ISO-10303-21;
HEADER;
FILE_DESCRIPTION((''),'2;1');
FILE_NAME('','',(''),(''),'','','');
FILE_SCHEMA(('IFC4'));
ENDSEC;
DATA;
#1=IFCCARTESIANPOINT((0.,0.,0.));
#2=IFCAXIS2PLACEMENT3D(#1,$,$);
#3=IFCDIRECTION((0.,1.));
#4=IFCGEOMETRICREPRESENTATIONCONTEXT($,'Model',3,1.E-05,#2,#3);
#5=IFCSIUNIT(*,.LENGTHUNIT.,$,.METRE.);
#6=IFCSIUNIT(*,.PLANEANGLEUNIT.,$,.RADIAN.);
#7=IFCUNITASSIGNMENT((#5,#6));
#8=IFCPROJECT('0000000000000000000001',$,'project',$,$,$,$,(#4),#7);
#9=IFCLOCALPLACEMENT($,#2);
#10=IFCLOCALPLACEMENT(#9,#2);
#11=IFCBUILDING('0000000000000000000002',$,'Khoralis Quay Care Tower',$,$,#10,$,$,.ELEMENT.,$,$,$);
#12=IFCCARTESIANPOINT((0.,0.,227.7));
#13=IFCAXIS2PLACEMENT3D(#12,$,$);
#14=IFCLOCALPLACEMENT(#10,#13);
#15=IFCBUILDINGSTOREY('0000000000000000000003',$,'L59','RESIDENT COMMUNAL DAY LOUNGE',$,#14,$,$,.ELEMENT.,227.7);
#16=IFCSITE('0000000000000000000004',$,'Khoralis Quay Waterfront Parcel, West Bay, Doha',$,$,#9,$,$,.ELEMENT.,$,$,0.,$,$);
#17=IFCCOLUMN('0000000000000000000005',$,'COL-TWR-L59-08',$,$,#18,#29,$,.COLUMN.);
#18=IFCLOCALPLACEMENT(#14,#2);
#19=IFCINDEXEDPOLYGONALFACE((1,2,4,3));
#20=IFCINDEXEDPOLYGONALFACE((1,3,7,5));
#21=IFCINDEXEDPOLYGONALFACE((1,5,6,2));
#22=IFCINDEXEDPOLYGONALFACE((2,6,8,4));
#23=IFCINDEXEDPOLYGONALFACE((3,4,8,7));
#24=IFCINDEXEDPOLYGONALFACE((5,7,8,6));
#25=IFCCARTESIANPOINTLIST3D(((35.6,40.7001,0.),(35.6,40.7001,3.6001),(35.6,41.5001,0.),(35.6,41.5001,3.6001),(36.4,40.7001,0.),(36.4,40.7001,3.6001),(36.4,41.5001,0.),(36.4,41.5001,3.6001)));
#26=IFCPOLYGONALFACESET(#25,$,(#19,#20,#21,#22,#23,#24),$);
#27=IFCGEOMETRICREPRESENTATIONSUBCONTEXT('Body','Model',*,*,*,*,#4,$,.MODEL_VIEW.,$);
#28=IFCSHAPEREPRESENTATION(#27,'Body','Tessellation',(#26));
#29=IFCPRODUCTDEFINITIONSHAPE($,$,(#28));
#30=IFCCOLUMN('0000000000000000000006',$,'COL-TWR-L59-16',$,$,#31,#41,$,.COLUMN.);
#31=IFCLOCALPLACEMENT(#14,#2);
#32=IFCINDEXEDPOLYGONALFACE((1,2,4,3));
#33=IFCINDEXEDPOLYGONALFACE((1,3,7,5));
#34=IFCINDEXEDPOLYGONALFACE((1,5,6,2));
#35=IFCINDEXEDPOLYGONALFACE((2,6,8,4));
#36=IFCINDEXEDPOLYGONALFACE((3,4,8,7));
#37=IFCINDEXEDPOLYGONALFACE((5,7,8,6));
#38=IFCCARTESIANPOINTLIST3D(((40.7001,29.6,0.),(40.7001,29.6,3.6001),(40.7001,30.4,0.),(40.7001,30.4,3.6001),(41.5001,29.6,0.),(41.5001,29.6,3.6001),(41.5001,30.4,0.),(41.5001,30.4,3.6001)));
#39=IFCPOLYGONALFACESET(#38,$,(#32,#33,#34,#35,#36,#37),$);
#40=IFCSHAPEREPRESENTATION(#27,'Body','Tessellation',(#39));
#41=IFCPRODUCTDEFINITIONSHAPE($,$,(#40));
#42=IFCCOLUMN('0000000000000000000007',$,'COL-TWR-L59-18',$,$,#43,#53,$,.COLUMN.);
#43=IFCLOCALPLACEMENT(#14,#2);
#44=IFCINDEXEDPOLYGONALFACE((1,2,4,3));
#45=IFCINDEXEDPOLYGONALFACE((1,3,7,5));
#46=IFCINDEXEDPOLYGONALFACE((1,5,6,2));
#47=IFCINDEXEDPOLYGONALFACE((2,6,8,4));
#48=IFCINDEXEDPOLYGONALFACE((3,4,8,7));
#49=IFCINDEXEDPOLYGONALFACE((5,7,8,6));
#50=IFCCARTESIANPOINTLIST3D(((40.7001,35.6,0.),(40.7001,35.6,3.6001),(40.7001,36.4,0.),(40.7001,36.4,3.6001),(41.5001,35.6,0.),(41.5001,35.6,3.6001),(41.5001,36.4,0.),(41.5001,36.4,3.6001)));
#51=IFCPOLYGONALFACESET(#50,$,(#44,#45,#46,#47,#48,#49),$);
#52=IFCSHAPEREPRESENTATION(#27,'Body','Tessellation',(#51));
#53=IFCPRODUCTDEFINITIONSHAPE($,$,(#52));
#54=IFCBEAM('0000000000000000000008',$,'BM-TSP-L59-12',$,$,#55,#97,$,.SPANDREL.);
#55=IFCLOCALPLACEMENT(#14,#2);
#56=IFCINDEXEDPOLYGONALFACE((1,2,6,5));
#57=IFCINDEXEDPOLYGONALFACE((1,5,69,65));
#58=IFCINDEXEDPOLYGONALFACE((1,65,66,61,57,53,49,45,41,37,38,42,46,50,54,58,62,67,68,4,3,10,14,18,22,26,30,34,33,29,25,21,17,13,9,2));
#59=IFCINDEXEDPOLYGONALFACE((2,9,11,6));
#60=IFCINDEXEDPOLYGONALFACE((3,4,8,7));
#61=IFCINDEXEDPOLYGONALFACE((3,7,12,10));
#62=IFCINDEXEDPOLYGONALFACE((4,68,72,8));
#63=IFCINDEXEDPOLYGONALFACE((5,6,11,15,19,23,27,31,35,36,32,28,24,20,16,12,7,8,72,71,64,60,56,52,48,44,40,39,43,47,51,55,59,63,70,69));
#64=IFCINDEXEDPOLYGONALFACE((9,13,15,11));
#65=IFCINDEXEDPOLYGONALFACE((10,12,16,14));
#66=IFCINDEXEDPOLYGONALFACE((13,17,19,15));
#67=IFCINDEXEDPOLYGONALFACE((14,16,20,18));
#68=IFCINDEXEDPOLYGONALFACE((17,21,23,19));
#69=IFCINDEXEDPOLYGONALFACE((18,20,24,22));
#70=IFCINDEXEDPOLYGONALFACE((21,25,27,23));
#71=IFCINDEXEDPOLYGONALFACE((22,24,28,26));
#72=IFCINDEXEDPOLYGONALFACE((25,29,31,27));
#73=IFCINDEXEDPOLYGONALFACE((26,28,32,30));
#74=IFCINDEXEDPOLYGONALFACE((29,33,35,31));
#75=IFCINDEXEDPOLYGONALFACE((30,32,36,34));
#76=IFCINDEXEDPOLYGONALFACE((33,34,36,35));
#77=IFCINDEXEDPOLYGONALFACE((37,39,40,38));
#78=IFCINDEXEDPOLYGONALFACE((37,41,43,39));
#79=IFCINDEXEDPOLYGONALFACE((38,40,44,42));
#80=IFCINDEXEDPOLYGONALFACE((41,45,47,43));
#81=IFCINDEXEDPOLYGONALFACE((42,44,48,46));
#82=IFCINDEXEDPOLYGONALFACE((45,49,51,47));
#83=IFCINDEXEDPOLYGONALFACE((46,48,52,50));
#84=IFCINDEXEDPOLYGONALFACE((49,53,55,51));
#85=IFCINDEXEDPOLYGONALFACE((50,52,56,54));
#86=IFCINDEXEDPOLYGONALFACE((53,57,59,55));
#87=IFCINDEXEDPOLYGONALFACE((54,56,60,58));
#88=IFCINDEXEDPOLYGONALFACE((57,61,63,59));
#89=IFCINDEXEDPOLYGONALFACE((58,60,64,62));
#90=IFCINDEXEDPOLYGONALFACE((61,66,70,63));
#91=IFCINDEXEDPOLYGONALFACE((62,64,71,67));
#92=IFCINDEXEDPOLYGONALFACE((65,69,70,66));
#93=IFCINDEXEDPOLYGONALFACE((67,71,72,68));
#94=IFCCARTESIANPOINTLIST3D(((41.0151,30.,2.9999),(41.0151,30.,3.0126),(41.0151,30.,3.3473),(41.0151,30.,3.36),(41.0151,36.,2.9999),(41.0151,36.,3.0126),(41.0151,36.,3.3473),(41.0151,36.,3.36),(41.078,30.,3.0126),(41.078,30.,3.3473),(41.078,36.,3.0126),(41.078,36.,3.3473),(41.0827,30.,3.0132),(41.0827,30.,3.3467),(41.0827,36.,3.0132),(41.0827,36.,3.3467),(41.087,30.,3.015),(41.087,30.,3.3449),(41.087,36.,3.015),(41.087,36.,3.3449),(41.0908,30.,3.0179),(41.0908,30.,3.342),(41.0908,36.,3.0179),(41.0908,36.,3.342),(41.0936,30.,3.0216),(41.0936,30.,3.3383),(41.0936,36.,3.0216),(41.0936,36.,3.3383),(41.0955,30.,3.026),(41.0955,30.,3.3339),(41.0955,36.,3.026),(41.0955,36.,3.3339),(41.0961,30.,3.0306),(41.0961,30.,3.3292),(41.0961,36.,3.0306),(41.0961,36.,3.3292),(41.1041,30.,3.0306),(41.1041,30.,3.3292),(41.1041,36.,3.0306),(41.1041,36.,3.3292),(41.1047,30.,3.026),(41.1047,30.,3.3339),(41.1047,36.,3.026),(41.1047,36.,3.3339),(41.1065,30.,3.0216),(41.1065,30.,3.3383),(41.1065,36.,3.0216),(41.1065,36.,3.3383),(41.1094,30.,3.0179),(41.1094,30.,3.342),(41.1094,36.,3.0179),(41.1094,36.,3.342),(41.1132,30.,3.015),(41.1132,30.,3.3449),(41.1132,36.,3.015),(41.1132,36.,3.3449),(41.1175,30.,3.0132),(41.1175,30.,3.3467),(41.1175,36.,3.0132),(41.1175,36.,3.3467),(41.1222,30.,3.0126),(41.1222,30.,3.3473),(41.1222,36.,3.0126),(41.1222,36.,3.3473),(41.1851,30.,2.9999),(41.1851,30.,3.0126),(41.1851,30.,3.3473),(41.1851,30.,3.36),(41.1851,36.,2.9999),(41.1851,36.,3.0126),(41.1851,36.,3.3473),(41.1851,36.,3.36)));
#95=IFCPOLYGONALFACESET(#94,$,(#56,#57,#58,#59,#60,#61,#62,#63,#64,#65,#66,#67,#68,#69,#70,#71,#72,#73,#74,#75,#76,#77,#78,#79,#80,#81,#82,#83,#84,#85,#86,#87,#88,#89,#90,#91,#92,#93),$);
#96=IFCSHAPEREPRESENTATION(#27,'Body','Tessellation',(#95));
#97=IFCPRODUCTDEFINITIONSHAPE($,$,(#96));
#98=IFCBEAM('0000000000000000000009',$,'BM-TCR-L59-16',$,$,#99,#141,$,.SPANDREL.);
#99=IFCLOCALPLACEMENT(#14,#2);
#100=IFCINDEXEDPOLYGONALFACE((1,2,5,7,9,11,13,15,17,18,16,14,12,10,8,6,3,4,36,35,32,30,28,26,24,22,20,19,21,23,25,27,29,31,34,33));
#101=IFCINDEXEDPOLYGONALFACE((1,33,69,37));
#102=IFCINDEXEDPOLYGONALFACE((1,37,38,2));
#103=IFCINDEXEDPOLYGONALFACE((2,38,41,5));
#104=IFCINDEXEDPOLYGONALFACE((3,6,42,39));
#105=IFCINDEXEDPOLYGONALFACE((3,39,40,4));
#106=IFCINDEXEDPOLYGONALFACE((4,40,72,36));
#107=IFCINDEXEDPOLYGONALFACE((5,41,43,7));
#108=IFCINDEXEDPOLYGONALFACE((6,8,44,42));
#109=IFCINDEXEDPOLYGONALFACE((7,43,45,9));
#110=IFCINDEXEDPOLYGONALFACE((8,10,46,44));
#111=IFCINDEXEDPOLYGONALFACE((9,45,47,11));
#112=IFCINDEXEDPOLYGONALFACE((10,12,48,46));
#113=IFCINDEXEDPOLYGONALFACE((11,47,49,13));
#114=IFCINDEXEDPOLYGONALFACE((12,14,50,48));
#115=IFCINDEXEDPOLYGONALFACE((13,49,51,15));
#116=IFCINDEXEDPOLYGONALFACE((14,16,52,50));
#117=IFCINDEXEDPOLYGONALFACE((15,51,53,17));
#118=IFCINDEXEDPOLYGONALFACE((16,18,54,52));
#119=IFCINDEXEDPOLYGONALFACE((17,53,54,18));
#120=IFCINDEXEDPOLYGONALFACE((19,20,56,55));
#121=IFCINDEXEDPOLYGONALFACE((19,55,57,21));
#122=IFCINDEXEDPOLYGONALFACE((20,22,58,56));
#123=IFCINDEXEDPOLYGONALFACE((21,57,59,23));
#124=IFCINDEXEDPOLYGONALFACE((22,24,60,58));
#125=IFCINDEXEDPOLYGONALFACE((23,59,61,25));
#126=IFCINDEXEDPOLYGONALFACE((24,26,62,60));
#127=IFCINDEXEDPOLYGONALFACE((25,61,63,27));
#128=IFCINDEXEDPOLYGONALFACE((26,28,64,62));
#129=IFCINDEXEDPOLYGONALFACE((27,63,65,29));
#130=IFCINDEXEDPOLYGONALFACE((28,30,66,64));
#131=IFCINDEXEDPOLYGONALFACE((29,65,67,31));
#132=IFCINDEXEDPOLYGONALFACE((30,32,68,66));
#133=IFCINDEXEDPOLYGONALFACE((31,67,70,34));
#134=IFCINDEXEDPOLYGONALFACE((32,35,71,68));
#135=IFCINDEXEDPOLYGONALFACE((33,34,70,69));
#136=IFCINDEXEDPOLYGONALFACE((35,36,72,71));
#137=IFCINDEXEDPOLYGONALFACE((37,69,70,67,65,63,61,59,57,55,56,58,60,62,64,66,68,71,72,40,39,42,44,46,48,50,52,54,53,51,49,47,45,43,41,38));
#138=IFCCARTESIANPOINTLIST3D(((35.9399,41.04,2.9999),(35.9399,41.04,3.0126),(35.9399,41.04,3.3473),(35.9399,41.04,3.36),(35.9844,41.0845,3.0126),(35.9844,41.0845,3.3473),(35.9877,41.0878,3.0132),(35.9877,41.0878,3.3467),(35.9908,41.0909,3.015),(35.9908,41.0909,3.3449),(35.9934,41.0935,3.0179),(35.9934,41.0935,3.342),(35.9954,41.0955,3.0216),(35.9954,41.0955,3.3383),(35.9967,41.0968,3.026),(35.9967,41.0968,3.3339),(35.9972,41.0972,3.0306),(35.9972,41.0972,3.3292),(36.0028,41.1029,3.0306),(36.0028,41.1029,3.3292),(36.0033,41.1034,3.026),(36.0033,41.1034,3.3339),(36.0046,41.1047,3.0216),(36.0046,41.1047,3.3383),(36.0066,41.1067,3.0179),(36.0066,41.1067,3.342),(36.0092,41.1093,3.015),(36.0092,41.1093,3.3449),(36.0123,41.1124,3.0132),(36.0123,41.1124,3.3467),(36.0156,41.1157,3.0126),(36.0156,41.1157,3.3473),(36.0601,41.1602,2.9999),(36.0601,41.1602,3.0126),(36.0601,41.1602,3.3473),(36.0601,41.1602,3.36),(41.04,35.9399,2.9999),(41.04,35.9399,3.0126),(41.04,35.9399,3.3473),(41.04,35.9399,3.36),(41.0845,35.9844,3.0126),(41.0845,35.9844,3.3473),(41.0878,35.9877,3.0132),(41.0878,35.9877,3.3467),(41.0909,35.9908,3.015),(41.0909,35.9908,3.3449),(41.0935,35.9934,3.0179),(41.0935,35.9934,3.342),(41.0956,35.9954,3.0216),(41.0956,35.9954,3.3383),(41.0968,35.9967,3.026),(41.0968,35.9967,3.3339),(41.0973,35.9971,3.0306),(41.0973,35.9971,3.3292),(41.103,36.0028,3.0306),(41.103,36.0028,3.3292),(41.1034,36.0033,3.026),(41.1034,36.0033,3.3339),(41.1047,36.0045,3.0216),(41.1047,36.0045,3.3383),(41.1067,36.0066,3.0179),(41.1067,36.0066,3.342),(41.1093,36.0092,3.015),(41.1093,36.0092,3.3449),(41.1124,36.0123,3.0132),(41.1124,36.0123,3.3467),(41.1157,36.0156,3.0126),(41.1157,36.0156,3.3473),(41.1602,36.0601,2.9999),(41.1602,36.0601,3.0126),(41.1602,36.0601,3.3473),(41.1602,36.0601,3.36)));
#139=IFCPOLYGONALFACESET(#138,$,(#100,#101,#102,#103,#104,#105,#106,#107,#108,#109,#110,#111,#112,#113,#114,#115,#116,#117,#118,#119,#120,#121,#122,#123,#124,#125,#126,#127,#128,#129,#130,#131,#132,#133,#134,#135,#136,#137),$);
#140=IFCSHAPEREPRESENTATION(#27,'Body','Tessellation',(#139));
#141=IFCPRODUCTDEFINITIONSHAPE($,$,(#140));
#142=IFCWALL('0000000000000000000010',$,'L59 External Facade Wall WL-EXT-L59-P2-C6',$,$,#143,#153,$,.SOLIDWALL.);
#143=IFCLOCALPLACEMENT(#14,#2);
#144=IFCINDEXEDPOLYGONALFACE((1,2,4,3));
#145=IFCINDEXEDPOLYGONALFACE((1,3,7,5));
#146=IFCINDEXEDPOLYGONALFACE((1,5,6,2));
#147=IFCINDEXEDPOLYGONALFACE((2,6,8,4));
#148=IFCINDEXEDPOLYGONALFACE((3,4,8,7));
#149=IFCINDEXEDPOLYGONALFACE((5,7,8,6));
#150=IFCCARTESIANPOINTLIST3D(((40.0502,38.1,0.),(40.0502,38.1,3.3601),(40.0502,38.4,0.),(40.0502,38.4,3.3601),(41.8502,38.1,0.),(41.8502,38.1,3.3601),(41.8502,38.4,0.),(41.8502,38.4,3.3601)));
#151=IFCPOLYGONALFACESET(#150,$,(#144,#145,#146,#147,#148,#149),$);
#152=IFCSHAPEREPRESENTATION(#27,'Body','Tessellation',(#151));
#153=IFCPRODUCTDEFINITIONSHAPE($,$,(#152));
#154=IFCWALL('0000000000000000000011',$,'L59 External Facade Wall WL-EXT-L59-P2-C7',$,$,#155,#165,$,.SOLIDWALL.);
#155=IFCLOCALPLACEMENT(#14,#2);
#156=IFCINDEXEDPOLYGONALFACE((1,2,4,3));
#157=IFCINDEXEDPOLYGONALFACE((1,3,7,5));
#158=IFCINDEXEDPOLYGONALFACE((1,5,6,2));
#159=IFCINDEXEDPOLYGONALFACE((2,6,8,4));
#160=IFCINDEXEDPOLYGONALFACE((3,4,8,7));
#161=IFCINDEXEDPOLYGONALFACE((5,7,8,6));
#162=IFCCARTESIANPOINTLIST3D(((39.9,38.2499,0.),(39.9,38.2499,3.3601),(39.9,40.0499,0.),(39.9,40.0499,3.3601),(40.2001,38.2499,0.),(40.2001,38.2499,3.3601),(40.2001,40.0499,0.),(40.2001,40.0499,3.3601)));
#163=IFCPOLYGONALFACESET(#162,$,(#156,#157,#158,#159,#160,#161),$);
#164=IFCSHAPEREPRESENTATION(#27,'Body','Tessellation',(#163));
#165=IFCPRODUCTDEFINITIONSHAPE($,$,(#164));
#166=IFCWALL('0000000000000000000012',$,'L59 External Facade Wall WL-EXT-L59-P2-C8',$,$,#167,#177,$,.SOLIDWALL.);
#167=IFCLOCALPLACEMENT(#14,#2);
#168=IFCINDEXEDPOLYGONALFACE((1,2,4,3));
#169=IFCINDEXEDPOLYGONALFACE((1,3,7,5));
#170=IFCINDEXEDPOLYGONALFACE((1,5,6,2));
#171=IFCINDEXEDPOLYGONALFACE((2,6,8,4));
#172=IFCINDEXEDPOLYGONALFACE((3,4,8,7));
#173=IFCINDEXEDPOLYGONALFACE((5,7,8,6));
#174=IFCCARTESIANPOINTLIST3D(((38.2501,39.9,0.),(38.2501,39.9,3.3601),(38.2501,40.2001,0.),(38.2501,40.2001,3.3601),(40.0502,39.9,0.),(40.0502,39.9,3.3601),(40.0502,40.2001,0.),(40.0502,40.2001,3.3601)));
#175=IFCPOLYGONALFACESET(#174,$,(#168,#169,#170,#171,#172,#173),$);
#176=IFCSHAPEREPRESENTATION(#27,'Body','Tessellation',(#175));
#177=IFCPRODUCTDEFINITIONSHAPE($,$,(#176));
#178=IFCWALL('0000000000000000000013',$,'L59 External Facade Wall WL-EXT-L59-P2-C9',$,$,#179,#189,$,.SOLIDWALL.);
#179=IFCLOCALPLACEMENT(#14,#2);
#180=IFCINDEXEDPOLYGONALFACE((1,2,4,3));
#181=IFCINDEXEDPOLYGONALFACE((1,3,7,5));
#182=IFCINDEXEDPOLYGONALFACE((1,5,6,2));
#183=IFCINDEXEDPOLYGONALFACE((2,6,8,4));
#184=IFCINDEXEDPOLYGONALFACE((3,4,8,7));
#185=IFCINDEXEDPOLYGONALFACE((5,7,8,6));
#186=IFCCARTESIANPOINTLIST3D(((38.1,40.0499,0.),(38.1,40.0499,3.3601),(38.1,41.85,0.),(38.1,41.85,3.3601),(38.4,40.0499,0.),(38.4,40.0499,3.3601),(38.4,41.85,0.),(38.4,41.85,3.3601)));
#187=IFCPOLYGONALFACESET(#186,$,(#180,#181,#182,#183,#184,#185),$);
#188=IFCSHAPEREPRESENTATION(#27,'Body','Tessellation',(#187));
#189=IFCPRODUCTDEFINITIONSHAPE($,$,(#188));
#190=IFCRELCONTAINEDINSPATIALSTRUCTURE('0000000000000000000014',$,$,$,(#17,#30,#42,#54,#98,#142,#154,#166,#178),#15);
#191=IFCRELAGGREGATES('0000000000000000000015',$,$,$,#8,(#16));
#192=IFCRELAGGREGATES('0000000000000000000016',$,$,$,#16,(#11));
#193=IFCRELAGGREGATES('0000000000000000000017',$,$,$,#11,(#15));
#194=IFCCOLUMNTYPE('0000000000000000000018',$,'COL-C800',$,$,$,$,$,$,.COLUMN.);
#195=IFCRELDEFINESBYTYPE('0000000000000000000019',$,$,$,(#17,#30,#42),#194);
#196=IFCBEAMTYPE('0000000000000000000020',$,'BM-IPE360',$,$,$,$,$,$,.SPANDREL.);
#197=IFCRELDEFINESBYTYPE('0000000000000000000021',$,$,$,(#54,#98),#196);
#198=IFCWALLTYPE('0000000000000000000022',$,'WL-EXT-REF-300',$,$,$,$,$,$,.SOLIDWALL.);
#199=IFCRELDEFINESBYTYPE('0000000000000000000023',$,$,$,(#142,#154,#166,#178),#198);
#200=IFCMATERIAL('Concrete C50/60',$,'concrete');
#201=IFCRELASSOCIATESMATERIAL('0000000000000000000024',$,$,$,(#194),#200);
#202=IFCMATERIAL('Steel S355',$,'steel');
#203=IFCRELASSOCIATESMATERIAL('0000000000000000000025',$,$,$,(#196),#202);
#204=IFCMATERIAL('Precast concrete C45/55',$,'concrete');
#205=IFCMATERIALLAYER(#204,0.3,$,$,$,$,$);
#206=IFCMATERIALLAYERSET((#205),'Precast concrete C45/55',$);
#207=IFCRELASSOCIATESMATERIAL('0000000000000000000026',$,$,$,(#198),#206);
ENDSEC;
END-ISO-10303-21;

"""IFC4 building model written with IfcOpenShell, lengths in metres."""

from ifc_helpers import new_model, si_unit, direction, frame, frame_2d, origin, origin_2d, place, context, subcontext, project, spatial, rectangle, i_section, extrude, source, transform, mapped, material, layer, layer_set, material_profile, profile_set, type_object, element, save


model = new_model("IFC4")

# Units and contexts
model_context = context("Model", 3, precision=1e-05, world=origin(), true_north=direction((0.0, 1.0)))
body_context = subcontext(model_context, "Body", "Model", "MODEL_VIEW")
ifc_project = project(units=[si_unit("LENGTHUNIT", "METRE"), si_unit("PLANEANGLEUNIT", "RADIAN")], contexts=[model_context])

# Site, building, storey
site_placement = place(None, origin())
site = spatial("IfcSite", under=ifc_project, at=site_placement, Name="Khoralis Quay Waterfront Parcel, West Bay, Doha", CompositionType="ELEMENT", RefElevation=0.0)
building_placement = place(site_placement, origin())
building = spatial("IfcBuilding", under=site, at=building_placement, Name="Khoralis Quay Care Tower", CompositionType="ELEMENT")
storey_placement = place(building_placement, frame((0.0, 0.0, 227.7)))
storey = spatial("IfcBuildingStorey", under=building, at=storey_placement, Name="L59", Description="RESIDENT COMMUNAL DAY LOUNGE", CompositionType="ELEMENT", Elevation=227.7)

# Columns
ifc_material_1 = material(Name="Concrete C50/60", Category="concrete")
ifc_material_profile_1 = material_profile(ifc_material_1, rectangle(XDim=0.8, YDim=0.8, at=origin_2d()), Name="Concrete C50/60")
ifc_profile_set_1 = profile_set([ifc_material_profile_1], Name="Concrete C50/60")
column_type = type_object("IfcColumnType", Name="COL-C800", PredefinedType="COLUMN", material=ifc_profile_set_1)
shared_shape_1 = source(origin(), body_context, "Body", "SweptSolid", [
    extrude(rectangle(XDim=0.8, YDim=0.8, at=origin_2d()), origin(), (0.0, 0.0, 1.0), 3.6001),
])
for number, where, z_axis, x_axis, name in (
    (1, (36.0, 41.1001, 0.0), (0.0, 0.0, 1.0), (1.0, 0.0, 0.0), "COL-TWR-L59-08"),
    (2, (41.1001, 30.0, 0.0), (0.0, 0.0, 1.0), (1.0, 0.0, 0.0), "COL-TWR-L59-16"),
    (3, (41.1001, 36.0, 0.0), (0.0, 0.0, 1.0), (1.0, 0.0, 0.0), "COL-TWR-L59-18"),
):
    element("IfcColumn", number, at=place(storey_placement, frame(where, z_axis=z_axis, x_axis=x_axis)), inside=storey, type_object=column_type, Name=name, PredefinedType="COLUMN", context=body_context, shape_type="MappedRepresentation", body=[
        mapped(shared_shape_1, transform((0.0, 0.0, 0.0), scale=1.0)),
    ])

# Beams
ifc_material_2 = material(Name="Steel S355", Category="steel")
ifc_material_profile_2 = material_profile(ifc_material_2, i_section(OverallWidth=0.1699, OverallDepth=0.3601, WebThickness=0.0081, FlangeThickness=0.0127, FilletRadius=0.0181, at=origin_2d()), Name="Steel S355")
ifc_profile_set_2 = profile_set([ifc_material_profile_2], Name="Steel S355")
beam_type = type_object("IfcBeamType", Name="BM-IPE360", PredefinedType="SPANDREL", material=ifc_profile_set_2)
shared_shape_2 = source(origin(), body_context, "Body", "SweptSolid", [
    extrude(i_section(OverallWidth=0.1699, OverallDepth=0.3601, WebThickness=0.0081, FlangeThickness=0.0127, FilletRadius=0.0181, at=origin_2d()), origin(), (0.0, 0.0, 1.0), 6.0),
])
beam_1_placement = place(storey_placement, frame((41.1001, 30.0, 3.1799), z_axis=(0.0, 1.0, 0.0), x_axis=(-1.0, 0.0, 0.0)))
element("IfcBeam", 4, at=beam_1_placement, inside=storey, type_object=beam_type, Name="BM-TSP-L59-12", PredefinedType="SPANDREL", context=body_context, shape_type="MappedRepresentation", body=[
    mapped(shared_shape_2, transform((0.0, 0.0, 0.0), scale=1.0)),
])
shared_shape_3 = source(origin(), body_context, "Body", "SweptSolid", [
    extrude(i_section(OverallWidth=0.1699, OverallDepth=0.3601, WebThickness=0.0081, FlangeThickness=0.0127, FilletRadius=0.0181, at=origin_2d()), origin(), (0.0, 0.0, 1.0), 7.2126),
])
beam_2_placement = place(storey_placement, frame((36.0, 41.1001, 3.1799), z_axis=(0.707107, -0.707107, 0.0), x_axis=(0.707107, 0.707107, 0.0)))
element("IfcBeam", 5, at=beam_2_placement, inside=storey, type_object=beam_type, Name="BM-TCR-L59-16", PredefinedType="SPANDREL", context=body_context, shape_type="MappedRepresentation", body=[
    mapped(shared_shape_3, transform((0.0, 0.0, 0.0), scale=1.0)),
])

# Walls
ifc_material_3 = material(Name="Precast concrete C45/55", Category="concrete")
ifc_layer_1 = layer(ifc_material_3, 0.3)
ifc_layer_set_1 = layer_set([ifc_layer_1], Name="Precast concrete C45/55")
wall_type_1 = type_object("IfcWallType", Name="WL-EXT-REF-300", PredefinedType="SOLIDWALL", material=ifc_layer_set_1)
for number, where, z_axis, x_axis, name in (
    (6, (41.8501, 38.25, 0.0), (0.0, 0.0, 1.0), (-1.0, 0.0, 0.0), "L59 External Facade Wall WL-EXT-L59-P2-C6"),
    (7, (40.05, 38.25, 0.0), (0.0, 0.0, 1.0), (0.0, 1.0, 0.0), "L59 External Facade Wall WL-EXT-L59-P2-C7"),
    (8, (40.05, 40.05, 0.0), (0.0, 0.0, 1.0), (-1.0, 0.0, 0.0), "L59 External Facade Wall WL-EXT-L59-P2-C8"),
    (9, (38.25, 40.05, 0.0), (0.0, 0.0, 1.0), (0.0, 1.0, 0.0), "L59 External Facade Wall WL-EXT-L59-P2-C9"),
):
    element("IfcWall", number, at=place(storey_placement, frame(where, z_axis=z_axis, x_axis=x_axis)), inside=storey, type_object=wall_type_1, Name=name, PredefinedType="SOLIDWALL", context=body_context, shape_type="SweptSolid", body=[
        extrude(rectangle(XDim=1.8, YDim=0.3, at=frame_2d((0.8999, 0.0))), origin(), (0.0, 0.0, 1.0), 3.3601),
    ])

save(model, "model.ifc")
